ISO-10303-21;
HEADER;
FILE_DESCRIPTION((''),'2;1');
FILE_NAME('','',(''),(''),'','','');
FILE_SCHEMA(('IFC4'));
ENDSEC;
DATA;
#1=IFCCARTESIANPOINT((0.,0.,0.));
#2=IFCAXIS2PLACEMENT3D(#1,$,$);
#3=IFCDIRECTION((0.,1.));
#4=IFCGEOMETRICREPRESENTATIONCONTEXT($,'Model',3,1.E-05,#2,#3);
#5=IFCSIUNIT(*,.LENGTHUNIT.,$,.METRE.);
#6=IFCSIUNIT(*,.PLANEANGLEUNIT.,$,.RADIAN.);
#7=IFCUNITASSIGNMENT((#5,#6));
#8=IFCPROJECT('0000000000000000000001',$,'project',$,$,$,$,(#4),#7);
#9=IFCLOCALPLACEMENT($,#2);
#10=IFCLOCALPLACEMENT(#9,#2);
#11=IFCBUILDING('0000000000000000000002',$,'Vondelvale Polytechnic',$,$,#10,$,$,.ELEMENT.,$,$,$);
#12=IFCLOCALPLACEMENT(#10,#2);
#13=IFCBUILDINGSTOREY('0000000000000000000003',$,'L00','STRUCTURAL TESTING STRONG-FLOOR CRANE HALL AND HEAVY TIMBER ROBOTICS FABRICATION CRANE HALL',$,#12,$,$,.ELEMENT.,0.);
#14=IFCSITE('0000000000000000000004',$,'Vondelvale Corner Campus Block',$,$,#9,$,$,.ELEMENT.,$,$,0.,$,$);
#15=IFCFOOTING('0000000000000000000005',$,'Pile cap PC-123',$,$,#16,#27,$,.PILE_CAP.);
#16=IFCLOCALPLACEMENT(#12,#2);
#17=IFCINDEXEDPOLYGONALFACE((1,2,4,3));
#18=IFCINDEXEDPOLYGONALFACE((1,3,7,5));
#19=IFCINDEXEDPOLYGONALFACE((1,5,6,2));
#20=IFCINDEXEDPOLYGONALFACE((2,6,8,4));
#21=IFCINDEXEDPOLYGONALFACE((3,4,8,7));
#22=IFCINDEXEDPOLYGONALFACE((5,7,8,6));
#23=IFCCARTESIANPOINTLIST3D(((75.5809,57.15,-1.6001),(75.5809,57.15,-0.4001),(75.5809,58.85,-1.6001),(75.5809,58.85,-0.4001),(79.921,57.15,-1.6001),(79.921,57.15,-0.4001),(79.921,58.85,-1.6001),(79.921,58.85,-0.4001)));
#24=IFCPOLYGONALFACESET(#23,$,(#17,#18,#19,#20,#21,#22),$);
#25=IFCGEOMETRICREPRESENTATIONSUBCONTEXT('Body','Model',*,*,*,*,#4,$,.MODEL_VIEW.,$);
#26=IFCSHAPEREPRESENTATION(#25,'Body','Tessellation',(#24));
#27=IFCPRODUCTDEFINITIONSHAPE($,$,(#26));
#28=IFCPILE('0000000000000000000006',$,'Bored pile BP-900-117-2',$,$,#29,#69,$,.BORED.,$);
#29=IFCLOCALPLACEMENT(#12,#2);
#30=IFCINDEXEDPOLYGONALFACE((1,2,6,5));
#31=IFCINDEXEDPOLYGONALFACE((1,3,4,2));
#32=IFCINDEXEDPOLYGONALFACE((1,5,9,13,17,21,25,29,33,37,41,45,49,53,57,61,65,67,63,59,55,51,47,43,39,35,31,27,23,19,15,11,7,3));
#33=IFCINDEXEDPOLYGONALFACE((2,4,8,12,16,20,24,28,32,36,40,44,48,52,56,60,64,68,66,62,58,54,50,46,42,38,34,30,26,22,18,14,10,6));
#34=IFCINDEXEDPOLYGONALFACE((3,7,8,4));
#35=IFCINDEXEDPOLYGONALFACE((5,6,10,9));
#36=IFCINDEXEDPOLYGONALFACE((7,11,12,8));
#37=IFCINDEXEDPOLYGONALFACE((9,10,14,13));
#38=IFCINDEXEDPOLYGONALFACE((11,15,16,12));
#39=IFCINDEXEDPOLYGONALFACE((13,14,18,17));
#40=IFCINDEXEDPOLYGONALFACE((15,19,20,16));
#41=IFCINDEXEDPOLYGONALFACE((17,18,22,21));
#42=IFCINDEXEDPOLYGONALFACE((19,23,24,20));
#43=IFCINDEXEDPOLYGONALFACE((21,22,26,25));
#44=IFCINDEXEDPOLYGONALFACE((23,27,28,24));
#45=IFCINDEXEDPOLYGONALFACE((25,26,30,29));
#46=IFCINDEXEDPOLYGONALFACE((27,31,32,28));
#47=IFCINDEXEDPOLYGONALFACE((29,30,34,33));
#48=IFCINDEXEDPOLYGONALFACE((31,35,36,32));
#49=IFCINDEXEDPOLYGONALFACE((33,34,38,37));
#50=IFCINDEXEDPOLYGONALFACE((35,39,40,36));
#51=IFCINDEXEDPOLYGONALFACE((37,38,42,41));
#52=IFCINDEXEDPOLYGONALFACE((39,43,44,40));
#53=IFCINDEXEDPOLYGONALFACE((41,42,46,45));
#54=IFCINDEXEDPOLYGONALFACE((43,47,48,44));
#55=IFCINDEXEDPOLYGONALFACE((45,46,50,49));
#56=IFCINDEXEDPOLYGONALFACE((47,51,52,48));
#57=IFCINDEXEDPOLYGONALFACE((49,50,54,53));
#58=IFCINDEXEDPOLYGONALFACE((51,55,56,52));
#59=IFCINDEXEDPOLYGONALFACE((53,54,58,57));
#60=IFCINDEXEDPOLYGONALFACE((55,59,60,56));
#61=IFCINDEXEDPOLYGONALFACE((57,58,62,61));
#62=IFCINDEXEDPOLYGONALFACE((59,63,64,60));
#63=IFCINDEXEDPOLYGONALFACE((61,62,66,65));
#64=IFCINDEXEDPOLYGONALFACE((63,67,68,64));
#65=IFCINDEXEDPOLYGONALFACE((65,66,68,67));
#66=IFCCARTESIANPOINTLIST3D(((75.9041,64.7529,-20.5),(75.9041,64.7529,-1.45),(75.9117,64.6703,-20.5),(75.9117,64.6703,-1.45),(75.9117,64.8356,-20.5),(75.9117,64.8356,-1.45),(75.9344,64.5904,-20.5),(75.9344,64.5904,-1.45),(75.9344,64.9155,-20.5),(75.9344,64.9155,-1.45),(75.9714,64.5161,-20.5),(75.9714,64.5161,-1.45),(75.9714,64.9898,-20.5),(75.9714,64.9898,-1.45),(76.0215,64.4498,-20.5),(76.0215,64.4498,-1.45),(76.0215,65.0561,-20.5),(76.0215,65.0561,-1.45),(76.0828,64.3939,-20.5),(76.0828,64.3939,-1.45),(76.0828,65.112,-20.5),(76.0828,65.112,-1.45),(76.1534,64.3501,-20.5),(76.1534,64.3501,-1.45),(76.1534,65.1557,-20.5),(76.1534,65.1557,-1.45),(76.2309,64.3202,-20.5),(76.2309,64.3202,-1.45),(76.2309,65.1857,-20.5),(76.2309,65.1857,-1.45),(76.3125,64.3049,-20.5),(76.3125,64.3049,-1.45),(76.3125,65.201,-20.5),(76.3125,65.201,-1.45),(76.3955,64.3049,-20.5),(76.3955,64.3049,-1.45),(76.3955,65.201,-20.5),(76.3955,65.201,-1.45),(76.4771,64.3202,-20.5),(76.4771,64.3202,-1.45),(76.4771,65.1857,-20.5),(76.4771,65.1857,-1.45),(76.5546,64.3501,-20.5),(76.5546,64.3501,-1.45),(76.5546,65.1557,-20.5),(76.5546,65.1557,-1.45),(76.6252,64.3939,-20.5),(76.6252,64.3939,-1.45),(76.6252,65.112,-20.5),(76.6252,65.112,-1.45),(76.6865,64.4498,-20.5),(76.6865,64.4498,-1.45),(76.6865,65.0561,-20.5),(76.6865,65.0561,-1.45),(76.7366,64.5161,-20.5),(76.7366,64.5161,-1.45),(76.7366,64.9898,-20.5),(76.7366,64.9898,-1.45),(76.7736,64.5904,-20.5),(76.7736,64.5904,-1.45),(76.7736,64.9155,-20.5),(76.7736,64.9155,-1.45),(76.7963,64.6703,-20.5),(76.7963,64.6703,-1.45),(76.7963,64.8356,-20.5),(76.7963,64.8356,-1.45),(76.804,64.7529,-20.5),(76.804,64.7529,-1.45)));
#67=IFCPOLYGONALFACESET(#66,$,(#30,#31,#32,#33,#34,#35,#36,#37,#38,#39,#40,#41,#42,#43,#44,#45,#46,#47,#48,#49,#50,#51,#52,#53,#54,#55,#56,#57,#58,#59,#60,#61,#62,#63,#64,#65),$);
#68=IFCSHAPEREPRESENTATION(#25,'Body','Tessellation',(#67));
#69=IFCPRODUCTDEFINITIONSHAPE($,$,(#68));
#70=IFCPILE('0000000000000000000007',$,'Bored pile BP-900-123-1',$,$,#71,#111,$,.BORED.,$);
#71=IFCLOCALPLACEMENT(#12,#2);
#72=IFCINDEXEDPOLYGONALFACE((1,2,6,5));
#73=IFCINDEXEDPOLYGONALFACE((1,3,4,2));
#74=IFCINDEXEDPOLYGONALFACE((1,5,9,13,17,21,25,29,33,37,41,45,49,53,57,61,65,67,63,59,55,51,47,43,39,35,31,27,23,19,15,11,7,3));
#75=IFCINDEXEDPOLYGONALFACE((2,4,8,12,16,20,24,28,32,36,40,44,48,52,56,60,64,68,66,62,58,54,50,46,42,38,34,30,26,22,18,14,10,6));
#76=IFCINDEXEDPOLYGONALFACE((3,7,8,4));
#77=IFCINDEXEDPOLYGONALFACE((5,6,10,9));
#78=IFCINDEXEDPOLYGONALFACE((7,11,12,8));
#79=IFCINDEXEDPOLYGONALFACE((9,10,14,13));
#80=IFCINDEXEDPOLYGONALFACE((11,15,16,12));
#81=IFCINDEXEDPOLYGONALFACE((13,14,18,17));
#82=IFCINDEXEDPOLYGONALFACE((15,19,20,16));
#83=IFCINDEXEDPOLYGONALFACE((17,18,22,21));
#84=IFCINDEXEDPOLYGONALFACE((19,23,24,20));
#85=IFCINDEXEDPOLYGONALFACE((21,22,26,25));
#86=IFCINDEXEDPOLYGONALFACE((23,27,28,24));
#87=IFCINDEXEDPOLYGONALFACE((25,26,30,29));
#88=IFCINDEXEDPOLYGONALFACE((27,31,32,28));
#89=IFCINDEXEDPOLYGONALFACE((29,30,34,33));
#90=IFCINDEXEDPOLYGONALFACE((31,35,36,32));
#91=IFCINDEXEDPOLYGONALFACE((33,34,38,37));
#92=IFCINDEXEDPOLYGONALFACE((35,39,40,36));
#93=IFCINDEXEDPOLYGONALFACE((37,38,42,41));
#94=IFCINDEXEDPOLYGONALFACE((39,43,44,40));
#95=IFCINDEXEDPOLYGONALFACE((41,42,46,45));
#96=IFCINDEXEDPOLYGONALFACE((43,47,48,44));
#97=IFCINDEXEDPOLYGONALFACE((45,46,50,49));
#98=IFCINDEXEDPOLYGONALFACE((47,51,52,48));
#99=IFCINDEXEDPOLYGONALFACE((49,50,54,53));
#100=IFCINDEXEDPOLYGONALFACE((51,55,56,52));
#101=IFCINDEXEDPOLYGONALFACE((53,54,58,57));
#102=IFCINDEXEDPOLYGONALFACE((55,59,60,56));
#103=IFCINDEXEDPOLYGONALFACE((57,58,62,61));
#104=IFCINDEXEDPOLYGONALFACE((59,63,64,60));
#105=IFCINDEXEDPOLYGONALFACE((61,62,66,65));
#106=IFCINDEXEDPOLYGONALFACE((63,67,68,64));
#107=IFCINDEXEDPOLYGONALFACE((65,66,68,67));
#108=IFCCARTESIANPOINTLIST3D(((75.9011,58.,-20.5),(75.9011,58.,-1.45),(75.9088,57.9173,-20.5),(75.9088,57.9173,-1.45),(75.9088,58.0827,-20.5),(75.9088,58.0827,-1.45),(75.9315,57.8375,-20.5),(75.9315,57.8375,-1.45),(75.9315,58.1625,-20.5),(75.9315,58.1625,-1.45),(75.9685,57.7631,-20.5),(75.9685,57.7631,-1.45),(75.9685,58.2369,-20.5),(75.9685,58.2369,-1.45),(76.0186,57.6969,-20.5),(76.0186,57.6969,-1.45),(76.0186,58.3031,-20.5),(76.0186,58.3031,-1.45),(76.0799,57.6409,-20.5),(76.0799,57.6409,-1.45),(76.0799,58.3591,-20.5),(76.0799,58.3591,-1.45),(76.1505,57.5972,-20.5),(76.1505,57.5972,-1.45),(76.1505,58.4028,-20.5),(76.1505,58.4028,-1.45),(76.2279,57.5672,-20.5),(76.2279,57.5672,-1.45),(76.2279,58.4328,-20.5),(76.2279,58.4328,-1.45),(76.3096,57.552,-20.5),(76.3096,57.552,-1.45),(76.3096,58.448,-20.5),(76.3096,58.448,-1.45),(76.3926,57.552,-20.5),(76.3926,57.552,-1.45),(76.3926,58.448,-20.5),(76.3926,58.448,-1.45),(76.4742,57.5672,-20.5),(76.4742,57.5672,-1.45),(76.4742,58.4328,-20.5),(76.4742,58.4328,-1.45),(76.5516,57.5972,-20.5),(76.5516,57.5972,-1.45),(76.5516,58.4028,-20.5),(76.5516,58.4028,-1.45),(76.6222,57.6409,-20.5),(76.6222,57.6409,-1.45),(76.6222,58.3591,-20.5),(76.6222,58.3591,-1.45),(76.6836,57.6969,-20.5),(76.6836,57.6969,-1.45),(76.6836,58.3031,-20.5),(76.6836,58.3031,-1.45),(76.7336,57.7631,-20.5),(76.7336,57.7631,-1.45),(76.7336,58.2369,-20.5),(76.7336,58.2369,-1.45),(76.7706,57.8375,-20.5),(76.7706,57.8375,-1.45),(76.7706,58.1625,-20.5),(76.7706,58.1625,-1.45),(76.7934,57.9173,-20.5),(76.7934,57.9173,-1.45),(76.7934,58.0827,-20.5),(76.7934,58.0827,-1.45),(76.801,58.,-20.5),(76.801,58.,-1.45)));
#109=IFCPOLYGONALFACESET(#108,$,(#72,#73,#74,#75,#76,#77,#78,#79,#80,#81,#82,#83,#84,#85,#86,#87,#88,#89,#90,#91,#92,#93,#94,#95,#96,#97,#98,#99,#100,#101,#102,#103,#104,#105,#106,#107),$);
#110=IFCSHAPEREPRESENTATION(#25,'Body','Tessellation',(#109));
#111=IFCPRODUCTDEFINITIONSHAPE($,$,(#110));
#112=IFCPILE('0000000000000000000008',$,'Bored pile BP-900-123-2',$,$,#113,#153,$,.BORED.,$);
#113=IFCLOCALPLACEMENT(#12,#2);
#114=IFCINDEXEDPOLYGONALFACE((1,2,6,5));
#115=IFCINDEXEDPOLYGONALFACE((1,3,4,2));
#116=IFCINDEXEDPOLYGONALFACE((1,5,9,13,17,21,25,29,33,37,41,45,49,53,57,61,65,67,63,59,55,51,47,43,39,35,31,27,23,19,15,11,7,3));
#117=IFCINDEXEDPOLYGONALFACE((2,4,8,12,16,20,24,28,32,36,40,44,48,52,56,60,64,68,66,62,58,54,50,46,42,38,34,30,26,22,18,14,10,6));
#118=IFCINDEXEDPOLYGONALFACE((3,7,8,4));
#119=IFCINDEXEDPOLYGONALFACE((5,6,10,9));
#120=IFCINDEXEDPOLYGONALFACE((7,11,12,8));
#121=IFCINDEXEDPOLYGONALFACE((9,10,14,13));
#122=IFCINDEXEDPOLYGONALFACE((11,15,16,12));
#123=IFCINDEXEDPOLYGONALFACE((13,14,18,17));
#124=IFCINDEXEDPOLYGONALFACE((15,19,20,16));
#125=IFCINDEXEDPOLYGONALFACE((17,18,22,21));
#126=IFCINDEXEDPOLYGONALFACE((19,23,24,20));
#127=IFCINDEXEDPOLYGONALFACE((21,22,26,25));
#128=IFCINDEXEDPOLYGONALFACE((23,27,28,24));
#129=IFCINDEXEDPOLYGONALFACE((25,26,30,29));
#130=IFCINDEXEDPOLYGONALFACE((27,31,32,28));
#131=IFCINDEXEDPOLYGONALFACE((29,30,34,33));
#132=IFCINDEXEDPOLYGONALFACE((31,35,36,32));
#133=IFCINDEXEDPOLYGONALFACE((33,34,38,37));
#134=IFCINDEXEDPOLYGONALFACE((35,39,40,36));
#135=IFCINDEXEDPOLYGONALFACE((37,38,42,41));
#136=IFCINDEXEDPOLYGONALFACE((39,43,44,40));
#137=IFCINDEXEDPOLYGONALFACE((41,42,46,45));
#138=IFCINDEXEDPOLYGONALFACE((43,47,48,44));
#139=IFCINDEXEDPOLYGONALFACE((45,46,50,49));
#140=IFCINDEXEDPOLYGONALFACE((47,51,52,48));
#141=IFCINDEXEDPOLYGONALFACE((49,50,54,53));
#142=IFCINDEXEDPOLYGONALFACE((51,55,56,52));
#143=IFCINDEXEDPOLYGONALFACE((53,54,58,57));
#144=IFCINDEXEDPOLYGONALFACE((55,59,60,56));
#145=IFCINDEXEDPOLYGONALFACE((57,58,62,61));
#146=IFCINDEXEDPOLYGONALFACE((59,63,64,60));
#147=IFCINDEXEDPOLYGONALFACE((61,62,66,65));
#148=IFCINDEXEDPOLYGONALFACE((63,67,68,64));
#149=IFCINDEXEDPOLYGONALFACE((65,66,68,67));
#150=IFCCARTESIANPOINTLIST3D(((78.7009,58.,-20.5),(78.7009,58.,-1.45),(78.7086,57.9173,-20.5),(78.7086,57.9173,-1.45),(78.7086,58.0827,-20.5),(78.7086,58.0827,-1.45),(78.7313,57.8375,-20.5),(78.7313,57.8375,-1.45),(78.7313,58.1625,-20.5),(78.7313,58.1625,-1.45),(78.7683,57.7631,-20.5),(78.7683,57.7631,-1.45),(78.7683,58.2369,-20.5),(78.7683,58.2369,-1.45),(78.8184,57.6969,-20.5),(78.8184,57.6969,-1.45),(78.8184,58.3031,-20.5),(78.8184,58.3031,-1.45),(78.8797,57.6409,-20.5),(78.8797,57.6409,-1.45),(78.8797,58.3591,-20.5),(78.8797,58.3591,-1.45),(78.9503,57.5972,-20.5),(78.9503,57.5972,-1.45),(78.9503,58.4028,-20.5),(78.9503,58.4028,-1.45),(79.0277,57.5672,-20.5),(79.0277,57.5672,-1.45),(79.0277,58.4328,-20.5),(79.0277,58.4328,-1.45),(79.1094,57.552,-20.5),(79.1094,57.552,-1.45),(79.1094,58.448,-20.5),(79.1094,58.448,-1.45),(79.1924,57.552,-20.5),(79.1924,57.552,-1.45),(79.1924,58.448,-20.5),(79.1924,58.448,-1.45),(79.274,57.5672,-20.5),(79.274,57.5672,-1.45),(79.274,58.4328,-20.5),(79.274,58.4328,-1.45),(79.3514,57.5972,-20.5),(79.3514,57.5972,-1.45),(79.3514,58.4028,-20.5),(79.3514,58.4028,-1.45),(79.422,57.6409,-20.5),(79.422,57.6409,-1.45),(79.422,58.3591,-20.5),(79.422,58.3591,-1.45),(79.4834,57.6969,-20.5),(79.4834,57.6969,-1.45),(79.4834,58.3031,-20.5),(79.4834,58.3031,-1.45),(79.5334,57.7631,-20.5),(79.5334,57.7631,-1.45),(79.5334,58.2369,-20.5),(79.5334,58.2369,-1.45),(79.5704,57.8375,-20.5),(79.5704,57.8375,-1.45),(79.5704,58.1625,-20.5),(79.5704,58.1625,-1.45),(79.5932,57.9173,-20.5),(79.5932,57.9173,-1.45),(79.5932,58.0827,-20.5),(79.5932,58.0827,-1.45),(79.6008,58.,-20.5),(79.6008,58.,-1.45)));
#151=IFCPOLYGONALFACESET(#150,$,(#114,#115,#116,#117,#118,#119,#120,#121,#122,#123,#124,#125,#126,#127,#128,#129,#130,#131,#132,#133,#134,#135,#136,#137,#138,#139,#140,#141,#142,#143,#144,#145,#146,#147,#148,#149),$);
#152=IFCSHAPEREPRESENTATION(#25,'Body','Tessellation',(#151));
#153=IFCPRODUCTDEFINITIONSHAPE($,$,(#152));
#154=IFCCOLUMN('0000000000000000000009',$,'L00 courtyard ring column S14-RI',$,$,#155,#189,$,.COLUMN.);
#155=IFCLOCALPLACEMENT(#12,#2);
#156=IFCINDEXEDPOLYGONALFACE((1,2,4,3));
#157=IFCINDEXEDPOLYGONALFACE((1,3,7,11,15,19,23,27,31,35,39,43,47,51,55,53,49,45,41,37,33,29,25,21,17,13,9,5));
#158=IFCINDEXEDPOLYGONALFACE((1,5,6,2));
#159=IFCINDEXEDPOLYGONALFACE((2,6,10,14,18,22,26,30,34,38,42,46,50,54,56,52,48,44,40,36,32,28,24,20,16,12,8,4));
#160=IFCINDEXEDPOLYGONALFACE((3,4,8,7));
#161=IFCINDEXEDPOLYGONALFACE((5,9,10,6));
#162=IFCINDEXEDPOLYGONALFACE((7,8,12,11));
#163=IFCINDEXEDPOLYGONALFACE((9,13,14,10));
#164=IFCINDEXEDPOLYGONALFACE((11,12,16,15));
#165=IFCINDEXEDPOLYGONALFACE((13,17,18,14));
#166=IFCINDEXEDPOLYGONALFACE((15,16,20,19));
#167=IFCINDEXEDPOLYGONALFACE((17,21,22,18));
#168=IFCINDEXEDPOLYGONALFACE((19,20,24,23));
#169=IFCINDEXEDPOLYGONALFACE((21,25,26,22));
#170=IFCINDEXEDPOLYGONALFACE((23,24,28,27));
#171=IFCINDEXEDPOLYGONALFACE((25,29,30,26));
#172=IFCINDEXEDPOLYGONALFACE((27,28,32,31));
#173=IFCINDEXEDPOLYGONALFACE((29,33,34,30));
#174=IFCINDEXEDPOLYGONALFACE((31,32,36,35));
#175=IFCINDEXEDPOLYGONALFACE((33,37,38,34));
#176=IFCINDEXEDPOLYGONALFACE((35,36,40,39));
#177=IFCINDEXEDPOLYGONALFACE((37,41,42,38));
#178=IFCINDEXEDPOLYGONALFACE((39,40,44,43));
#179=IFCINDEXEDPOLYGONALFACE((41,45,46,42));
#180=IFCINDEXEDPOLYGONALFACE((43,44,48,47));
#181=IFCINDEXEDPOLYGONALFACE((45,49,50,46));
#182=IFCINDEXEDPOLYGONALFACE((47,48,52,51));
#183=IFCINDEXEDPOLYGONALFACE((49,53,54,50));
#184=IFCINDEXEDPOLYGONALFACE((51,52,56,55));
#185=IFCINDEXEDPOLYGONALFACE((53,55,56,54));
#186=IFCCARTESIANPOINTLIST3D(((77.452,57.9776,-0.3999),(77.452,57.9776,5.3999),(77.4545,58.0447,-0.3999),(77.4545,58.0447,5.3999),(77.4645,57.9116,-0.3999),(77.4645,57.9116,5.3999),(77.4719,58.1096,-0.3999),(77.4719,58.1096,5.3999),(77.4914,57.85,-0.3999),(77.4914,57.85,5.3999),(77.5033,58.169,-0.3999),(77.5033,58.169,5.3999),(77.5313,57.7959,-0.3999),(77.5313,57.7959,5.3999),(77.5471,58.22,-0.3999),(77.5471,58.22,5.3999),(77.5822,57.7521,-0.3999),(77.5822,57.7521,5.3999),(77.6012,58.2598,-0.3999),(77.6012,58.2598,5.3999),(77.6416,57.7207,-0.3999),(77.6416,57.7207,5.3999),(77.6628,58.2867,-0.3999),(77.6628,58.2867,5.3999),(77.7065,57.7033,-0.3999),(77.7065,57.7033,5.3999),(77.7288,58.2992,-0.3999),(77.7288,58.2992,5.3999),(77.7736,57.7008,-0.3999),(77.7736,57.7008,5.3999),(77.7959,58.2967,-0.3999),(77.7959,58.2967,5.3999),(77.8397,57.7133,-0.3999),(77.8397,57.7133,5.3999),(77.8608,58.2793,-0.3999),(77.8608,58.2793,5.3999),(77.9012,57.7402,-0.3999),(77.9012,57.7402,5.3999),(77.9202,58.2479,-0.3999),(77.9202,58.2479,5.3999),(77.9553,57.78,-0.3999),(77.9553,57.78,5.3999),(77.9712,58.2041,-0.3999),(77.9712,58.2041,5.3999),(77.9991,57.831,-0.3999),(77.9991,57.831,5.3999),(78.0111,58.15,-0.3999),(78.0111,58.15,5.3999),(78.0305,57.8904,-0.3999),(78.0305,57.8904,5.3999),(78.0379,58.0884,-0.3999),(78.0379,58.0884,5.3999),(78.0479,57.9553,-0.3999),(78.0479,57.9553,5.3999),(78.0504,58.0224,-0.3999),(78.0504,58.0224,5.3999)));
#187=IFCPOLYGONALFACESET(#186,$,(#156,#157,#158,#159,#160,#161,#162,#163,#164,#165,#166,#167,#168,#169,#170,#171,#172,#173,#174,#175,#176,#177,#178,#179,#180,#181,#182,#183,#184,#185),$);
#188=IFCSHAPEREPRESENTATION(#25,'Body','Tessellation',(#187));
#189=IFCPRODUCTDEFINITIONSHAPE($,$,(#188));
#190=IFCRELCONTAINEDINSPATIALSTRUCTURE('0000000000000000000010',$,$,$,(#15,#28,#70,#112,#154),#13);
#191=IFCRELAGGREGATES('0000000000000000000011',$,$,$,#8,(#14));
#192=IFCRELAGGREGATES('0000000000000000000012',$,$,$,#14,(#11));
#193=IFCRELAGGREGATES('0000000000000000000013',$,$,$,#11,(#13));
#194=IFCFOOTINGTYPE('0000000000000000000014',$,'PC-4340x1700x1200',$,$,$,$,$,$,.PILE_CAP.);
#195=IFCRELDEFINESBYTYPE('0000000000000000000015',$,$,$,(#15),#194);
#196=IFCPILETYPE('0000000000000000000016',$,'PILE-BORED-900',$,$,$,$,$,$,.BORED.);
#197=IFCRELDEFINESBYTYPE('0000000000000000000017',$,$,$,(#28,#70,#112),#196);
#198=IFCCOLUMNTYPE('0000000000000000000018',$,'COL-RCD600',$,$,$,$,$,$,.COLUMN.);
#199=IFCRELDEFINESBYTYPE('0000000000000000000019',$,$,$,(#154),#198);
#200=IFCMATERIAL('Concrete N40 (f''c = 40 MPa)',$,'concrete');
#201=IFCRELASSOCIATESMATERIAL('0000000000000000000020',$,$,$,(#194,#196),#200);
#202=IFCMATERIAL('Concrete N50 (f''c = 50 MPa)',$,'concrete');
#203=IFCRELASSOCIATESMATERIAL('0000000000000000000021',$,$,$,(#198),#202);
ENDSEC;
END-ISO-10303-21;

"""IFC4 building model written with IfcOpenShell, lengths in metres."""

from ifc_helpers import new_model, si_unit, direction, frame, origin, origin_2d, place, context, subcontext, project, spatial, rectangle, circle, extrude, material, material_profile, profile_set, type_object, element, save


model = new_model("IFC4")

# Units and contexts
model_context = context("Model", 3, precision=1e-05, world=origin(), true_north=direction((0.0, 1.0)))
body_context = subcontext(model_context, "Body", "Model", "MODEL_VIEW")
ifc_project = project(units=[si_unit("LENGTHUNIT", "METRE"), si_unit("PLANEANGLEUNIT", "RADIAN")], contexts=[model_context])

# Site, building, storey
site_placement = place(None, origin())
site = spatial("IfcSite", under=ifc_project, at=site_placement, Name="Vondelvale Corner Campus Block", CompositionType="ELEMENT", RefElevation=0.0)
building_placement = place(site_placement, origin())
building = spatial("IfcBuilding", under=site, at=building_placement, Name="Vondelvale Polytechnic", CompositionType="ELEMENT")
storey_placement = place(building_placement, origin())
storey = spatial("IfcBuildingStorey", under=building, at=storey_placement, Name="L00", Description="STRUCTURAL TESTING STRONG-FLOOR CRANE HALL AND HEAVY TIMBER ROBOTICS FABRICATION CRANE HALL", CompositionType="ELEMENT", Elevation=0.0)

# Footing
ifc_material_1 = material(Name="Concrete N40 (f'c = 40 MPa)", Category="concrete")
footing_type = type_object("IfcFootingType", Name="PC-4340x1700x1200", PredefinedType="PILE_CAP", material=ifc_material_1)
footing_placement = place(storey_placement, frame((77.751, 58.0, -1.6001), z_axis=(0.0, 0.0, 1.0), x_axis=(1.0, 0.0, 0.0)))
element("IfcFooting", 1, at=footing_placement, inside=storey, type_object=footing_type, Name="Pile cap PC-123", PredefinedType="PILE_CAP", context=body_context, shape_type="SweptSolid", body=[
    extrude(rectangle(XDim=4.3401, YDim=1.7, at=origin_2d()), origin(), (0.0, 0.0, 1.0), 1.2),
])

# Piles
ifc_material_profile_1 = material_profile(ifc_material_1, circle(Radius=0.45, at=origin_2d()), Name="PILE-D900")
ifc_profile_set_1 = profile_set([ifc_material_profile_1], Name="Concrete N40 (f'c = 40 MPa)")
pile_type = type_object("IfcPileType", Name="PILE-BORED-900", PredefinedType="BORED", material=ifc_profile_set_1)
for number, where, z_axis, x_axis, name in (
    (2, (76.354, 64.7529, -1.45), (0.0, 0.0, -1.0), (1.0, 0.0, 0.0), "Bored pile BP-900-117-2"),
    (3, (76.3511, 58.0, -1.45), (0.0, 0.0, -1.0), (1.0, 0.0, 0.0), "Bored pile BP-900-123-1"),
    (4, (79.1509, 58.0, -1.45), (0.0, 0.0, -1.0), (1.0, 0.0, 0.0), "Bored pile BP-900-123-2"),
):
    element("IfcPile", number, at=place(storey_placement, frame(where, z_axis=z_axis, x_axis=x_axis)), inside=storey, type_object=pile_type, Name=name, PredefinedType="BORED", context=body_context, shape_type="SweptSolid", body=[
        extrude(circle(Radius=0.45, at=origin_2d()), origin(), (0.0, 0.0, 1.0), 19.05),
    ])

# Column
ifc_material_2 = material(Name="Concrete N50 (f'c = 50 MPa)", Category="concrete")
ifc_material_profile_2 = material_profile(ifc_material_2, circle(Radius=0.3, at=origin_2d()), Name="RC-COL-D600")
ifc_profile_set_2 = profile_set([ifc_material_profile_2], Name="Concrete N50 (f'c = 50 MPa)")
column_type = type_object("IfcColumnType", Name="COL-RCD600", PredefinedType="COLUMN", material=ifc_profile_set_2)
column_placement = place(storey_placement, frame((77.7512, 58.0, -0.3999), z_axis=(0.0, 0.0, 1.0), x_axis=(0.866025, 0.5, 0.0)))
element("IfcColumn", 5, at=column_placement, inside=storey, type_object=column_type, Name="L00 courtyard ring column S14-RI", PredefinedType="COLUMN", context=body_context, shape_type="SweptSolid", body=[
    extrude(circle(Radius=0.3, at=origin_2d()), origin(), (0.0, 0.0, 1.0), 5.7998),
])

save(model, "model.ifc")
